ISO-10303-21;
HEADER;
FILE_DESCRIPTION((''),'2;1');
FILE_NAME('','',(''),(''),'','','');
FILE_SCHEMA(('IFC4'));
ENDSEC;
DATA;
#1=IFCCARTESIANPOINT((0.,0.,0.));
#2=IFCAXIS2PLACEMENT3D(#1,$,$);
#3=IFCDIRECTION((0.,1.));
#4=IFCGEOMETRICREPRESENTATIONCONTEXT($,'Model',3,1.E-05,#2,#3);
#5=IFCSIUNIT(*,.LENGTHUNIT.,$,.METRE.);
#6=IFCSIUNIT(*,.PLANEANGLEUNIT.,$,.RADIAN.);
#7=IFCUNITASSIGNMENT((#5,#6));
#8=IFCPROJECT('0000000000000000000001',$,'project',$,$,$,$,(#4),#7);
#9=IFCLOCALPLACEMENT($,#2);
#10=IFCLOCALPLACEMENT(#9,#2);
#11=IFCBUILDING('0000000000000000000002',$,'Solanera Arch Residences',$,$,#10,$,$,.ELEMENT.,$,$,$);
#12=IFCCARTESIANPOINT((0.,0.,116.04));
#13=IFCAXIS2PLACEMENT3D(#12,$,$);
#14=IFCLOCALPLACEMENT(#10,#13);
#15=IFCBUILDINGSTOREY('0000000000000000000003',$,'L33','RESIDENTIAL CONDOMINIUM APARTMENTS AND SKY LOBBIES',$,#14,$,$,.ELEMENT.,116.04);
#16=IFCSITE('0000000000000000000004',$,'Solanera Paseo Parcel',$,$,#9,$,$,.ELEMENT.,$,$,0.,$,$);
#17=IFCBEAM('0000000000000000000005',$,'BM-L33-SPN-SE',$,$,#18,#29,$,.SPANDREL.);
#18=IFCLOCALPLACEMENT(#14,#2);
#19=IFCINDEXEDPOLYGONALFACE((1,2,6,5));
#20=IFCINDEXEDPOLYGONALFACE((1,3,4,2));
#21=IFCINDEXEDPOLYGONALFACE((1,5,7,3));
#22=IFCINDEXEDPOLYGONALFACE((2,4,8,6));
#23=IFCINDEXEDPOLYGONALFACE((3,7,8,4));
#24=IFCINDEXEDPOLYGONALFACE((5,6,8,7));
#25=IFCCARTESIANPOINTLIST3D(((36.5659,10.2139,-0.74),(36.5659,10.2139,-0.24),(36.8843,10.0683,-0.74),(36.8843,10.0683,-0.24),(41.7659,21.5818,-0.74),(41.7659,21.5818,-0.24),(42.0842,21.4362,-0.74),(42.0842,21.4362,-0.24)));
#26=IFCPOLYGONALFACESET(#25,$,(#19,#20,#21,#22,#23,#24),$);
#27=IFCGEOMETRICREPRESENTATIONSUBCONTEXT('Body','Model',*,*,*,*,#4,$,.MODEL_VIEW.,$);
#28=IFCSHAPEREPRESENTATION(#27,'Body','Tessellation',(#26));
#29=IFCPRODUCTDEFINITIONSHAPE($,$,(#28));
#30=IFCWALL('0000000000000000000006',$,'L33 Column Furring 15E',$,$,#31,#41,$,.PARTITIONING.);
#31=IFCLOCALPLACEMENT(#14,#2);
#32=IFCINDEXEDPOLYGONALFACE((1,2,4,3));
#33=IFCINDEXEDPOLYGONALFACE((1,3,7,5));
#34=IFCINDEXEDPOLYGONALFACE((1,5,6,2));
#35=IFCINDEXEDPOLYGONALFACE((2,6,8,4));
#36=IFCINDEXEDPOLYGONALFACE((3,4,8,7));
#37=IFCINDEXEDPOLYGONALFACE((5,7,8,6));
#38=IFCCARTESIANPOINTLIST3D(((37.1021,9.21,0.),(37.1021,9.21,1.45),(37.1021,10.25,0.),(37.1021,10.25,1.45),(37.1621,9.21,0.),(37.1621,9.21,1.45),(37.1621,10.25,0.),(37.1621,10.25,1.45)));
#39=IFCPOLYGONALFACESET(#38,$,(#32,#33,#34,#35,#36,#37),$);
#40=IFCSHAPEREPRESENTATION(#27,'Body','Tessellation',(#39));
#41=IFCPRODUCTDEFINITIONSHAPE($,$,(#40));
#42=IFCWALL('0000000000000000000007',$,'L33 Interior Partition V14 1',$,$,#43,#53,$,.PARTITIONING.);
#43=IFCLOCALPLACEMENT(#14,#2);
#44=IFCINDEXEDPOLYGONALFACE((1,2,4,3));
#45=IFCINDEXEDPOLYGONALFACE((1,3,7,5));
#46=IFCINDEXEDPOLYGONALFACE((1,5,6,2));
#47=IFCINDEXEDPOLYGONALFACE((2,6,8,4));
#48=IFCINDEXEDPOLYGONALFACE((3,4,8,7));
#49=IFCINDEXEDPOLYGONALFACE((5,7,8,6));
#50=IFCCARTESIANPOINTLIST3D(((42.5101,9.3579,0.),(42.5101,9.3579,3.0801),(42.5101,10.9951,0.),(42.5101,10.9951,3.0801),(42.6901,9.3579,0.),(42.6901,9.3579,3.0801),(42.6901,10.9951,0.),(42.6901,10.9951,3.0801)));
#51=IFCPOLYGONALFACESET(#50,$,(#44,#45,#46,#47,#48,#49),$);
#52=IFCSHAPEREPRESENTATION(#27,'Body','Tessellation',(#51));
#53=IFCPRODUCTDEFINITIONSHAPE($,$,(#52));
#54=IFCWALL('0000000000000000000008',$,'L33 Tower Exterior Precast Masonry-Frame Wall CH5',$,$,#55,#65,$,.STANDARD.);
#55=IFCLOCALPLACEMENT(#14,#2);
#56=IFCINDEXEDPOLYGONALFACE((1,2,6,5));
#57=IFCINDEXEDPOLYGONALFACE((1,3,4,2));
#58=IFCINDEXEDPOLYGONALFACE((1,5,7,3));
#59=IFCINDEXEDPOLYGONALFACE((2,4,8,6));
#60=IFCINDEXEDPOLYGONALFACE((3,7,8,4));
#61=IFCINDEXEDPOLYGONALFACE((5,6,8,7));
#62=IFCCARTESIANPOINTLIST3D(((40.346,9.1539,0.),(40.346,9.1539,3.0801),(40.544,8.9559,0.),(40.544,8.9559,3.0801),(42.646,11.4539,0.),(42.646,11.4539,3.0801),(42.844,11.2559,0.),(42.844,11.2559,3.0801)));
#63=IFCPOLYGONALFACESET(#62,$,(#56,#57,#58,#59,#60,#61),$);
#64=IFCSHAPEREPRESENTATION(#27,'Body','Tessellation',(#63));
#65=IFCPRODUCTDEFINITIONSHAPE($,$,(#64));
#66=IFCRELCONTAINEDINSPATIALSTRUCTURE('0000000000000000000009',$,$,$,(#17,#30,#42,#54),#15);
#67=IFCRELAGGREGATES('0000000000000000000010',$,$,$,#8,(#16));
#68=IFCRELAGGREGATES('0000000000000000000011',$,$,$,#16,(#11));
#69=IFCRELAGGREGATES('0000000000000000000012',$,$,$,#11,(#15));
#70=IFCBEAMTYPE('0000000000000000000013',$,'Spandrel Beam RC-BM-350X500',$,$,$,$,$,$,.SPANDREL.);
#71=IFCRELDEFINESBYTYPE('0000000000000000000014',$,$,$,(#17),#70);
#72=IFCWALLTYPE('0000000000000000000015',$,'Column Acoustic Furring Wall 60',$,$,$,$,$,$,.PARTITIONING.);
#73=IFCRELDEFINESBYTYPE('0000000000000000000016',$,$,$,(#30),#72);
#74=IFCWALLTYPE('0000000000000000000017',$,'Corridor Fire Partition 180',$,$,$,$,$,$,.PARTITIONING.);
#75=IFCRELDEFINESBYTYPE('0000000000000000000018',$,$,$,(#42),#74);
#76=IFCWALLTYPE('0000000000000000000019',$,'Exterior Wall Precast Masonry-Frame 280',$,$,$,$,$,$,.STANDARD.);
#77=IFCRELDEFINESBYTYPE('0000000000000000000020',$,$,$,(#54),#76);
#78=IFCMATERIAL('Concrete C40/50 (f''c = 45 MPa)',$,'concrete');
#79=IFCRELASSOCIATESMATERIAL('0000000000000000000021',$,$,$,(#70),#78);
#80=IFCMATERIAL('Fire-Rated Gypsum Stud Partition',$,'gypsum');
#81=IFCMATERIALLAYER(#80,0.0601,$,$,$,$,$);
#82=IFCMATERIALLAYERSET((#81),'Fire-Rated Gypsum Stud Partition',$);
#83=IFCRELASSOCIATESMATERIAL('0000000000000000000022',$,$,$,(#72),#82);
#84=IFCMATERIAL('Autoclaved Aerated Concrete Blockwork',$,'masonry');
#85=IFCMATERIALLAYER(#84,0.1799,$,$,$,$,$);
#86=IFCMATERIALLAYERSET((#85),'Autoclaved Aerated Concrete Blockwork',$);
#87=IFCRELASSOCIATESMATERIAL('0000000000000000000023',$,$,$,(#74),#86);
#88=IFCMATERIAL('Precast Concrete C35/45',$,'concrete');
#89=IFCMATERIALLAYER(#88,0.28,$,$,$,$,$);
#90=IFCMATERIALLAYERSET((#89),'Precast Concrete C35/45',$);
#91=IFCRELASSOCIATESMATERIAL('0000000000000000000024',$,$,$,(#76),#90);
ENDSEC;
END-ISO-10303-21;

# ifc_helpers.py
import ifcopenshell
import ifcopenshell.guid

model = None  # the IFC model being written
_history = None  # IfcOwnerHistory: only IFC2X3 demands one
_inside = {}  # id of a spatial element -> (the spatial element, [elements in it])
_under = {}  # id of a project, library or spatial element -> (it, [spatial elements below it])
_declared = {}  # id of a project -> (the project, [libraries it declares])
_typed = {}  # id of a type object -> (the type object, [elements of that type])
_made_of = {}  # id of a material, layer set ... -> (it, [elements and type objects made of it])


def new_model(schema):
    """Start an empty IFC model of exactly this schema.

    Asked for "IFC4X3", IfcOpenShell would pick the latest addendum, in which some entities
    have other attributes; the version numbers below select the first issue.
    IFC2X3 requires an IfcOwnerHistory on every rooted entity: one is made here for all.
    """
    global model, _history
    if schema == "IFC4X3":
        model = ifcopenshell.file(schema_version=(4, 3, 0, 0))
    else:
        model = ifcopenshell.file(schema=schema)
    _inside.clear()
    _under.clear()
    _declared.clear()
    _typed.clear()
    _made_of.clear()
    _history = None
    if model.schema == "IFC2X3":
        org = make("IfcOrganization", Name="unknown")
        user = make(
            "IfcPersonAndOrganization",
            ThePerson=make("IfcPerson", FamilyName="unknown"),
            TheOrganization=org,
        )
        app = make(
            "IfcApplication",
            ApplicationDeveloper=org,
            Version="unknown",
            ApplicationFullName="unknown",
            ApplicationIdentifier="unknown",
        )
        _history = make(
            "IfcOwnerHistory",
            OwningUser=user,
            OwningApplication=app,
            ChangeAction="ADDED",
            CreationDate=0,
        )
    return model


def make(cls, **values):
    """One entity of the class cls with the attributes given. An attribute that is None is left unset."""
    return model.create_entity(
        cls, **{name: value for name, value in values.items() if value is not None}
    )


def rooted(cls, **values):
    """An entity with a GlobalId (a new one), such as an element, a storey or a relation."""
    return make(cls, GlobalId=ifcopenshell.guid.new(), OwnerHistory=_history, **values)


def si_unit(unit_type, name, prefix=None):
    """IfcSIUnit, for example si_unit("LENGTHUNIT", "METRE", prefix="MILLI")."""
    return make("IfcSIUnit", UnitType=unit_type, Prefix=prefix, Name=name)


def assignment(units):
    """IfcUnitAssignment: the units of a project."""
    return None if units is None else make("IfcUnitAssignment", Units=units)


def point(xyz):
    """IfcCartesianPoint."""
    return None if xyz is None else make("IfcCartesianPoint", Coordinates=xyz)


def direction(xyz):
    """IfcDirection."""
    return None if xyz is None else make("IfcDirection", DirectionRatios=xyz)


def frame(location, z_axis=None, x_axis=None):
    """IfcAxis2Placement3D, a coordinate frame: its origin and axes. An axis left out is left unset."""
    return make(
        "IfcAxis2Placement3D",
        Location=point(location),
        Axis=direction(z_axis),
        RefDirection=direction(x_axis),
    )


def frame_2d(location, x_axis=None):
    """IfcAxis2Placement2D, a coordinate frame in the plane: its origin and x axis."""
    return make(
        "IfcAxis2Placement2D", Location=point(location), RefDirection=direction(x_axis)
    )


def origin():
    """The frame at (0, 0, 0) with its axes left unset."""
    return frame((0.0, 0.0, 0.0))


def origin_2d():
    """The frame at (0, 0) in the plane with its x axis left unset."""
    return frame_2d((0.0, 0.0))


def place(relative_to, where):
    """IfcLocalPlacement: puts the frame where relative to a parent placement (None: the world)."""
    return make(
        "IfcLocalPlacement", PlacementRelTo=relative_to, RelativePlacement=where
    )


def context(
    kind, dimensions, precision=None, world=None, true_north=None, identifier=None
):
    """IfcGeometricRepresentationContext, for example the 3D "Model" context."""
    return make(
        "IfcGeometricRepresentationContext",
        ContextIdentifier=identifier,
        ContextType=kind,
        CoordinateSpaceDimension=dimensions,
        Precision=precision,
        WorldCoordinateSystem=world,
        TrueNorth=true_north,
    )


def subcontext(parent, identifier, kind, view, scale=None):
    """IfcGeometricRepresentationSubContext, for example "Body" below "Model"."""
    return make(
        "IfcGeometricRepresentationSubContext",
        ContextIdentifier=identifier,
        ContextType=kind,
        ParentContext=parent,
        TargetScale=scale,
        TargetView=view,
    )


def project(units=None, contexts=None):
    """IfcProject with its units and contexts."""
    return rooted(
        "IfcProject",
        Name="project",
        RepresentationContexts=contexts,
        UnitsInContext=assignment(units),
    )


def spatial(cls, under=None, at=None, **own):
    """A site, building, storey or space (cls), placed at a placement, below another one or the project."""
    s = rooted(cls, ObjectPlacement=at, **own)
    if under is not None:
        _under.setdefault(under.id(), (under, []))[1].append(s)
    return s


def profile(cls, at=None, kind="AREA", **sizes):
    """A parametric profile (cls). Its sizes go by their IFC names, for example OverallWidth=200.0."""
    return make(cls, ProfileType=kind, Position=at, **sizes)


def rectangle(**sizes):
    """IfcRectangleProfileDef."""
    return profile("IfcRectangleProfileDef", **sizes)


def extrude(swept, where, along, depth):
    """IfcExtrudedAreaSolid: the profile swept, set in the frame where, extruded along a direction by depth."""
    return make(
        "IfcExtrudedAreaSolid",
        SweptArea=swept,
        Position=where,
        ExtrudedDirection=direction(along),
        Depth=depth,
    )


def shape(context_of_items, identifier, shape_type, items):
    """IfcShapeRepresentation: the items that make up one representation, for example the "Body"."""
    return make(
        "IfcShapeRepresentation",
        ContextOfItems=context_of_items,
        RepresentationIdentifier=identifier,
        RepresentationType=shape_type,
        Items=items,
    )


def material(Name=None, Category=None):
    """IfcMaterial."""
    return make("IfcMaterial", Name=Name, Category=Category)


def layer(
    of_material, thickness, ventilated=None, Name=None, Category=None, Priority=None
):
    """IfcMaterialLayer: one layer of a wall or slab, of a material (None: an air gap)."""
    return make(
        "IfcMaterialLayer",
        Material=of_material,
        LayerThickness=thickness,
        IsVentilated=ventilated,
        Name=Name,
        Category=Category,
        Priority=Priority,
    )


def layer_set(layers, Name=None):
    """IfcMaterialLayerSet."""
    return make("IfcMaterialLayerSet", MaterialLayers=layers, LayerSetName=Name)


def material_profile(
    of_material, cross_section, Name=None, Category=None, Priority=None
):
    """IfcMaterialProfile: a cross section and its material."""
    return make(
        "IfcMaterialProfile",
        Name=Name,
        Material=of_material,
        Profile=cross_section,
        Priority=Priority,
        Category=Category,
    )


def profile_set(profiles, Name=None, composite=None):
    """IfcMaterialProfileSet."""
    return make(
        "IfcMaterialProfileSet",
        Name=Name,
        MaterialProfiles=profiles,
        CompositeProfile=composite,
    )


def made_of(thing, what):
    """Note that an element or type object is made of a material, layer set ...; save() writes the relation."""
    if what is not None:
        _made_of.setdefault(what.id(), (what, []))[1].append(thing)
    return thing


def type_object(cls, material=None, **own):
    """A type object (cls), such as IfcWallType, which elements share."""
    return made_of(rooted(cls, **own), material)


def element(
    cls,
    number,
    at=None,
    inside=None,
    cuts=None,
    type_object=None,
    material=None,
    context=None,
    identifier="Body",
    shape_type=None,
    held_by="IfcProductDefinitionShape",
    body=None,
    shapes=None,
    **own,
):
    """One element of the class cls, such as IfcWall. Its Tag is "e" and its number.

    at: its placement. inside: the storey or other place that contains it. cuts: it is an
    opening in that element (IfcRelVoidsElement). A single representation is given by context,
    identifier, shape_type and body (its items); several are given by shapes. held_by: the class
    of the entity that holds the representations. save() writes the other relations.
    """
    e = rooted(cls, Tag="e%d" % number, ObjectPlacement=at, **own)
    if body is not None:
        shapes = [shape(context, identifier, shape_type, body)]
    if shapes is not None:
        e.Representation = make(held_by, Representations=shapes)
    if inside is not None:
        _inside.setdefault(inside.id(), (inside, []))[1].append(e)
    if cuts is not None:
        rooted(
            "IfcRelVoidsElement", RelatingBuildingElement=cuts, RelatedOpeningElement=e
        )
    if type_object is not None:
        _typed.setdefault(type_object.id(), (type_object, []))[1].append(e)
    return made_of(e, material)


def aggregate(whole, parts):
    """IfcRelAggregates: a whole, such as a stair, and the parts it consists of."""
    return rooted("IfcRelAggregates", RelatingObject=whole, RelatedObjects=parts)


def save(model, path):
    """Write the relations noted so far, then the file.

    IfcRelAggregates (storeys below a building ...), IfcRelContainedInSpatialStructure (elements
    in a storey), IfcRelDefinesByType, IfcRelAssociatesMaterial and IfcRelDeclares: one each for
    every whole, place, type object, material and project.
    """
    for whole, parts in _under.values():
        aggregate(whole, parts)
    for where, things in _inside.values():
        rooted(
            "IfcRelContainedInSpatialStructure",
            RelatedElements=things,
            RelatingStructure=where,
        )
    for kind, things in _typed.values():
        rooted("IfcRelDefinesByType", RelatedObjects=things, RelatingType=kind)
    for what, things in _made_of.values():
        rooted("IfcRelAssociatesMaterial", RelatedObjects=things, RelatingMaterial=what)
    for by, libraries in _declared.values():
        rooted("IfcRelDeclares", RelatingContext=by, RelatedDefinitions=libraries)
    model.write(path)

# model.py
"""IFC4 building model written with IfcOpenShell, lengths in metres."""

from ifc_helpers import new_model, si_unit, direction, frame, frame_2d, origin, origin_2d, place, context, subcontext, project, spatial, rectangle, extrude, material, layer, layer_set, material_profile, profile_set, type_object, element, save


model = new_model("IFC4")

# Units and contexts
model_context = context("Model", 3, precision=1e-05, world=origin(), true_north=direction((0.0, 1.0)))
body_context = subcontext(model_context, "Body", "Model", "MODEL_VIEW")
ifc_project = project(units=[si_unit("LENGTHUNIT", "METRE"), si_unit("PLANEANGLEUNIT", "RADIAN")], contexts=[model_context])

# Site, building, storey
site_placement = place(None, origin())
site = spatial("IfcSite", under=ifc_project, at=site_placement, Name="Solanera Paseo Parcel", CompositionType="ELEMENT", RefElevation=0.0)
building_placement = place(site_placement, origin())
building = spatial("IfcBuilding", under=site, at=building_placement, Name="Solanera Arch Residences", CompositionType="ELEMENT")
storey_placement = place(building_placement, frame((0.0, 0.0, 116.04)))
storey = spatial("IfcBuildingStorey", under=building, at=storey_placement, Name="L33", Description="RESIDENTIAL CONDOMINIUM APARTMENTS AND SKY LOBBIES", CompositionType="ELEMENT", Elevation=116.04)

# Beam
ifc_material_1 = material(Name="Concrete C40/50 (f'c = 45 MPa)", Category="concrete")
ifc_material_profile = material_profile(ifc_material_1, rectangle(XDim=0.3501, YDim=0.5, at=origin_2d()))
ifc_profile_set = profile_set([ifc_material_profile], Name="Concrete C40/50 (f'c = 45 MPa)")
beam_type = type_object("IfcBeamType", Name="Spandrel Beam RC-BM-350X500", PredefinedType="SPANDREL", material=ifc_profile_set)
beam_placement = place(storey_placement, frame((36.7251, 10.1411, -0.49), z_axis=(0.415971, 0.909378, 0.0), x_axis=(-0.909378, 0.415971, 0.0)))
element("IfcBeam", 1, at=beam_placement, inside=storey, type_object=beam_type, Name="BM-L33-SPN-SE", PredefinedType="SPANDREL", context=body_context, shape_type="SweptSolid", body=[
    extrude(rectangle(XDim=0.3501, YDim=0.5, at=origin_2d()), origin(), (0.0, 0.0, 1.0), 12.5007),
])

# Walls
ifc_material_2 = material(Name="Fire-Rated Gypsum Stud Partition", Category="gypsum")
ifc_layer_1 = layer(ifc_material_2, 0.0601)
ifc_layer_set_1 = layer_set([ifc_layer_1], Name="Fire-Rated Gypsum Stud Partition")
wall_type_1 = type_object("IfcWallType", Name="Column Acoustic Furring Wall 60", PredefinedType="PARTITIONING", material=ifc_layer_set_1)
wall_1_placement = place(storey_placement, frame((37.1321, 9.21, 0.0), z_axis=(0.0, 0.0, 1.0), x_axis=(0.0, 1.0, 0.0)))
element("IfcWall", 2, at=wall_1_placement, inside=storey, type_object=wall_type_1, Name="L33 Column Furring 15E", PredefinedType="PARTITIONING", context=body_context, shape_type="SweptSolid", body=[
    extrude(rectangle(XDim=1.04, YDim=0.0601, at=frame_2d((0.52, 0.0))), origin(), (0.0, 0.0, 1.0), 1.45),
])
ifc_material_3 = material(Name="Autoclaved Aerated Concrete Blockwork", Category="masonry")
ifc_layer_2 = layer(ifc_material_3, 0.1799)
ifc_layer_set_2 = layer_set([ifc_layer_2], Name="Autoclaved Aerated Concrete Blockwork")
wall_type_2 = type_object("IfcWallType", Name="Corridor Fire Partition 180", PredefinedType="PARTITIONING", material=ifc_layer_set_2)
wall_2_placement = place(storey_placement, frame((42.6001, 9.3579, 0.0), z_axis=(0.0, 0.0, 1.0), x_axis=(0.0, 1.0, 0.0)))
element("IfcWall", 3, at=wall_2_placement, inside=storey, type_object=wall_type_2, Name="L33 Interior Partition V14 1", PredefinedType="PARTITIONING", context=body_context, shape_type="SweptSolid", body=[
    extrude(rectangle(XDim=1.6372, YDim=0.1799, at=frame_2d((0.8186, 0.0))), origin(), (0.0, 0.0, 1.0), 3.0801),
])
ifc_material_4 = material(Name="Precast Concrete C35/45", Category="concrete")
ifc_layer_3 = layer(ifc_material_4, 0.28)
ifc_layer_set_3 = layer_set([ifc_layer_3], Name="Precast Concrete C35/45")
wall_type_3 = type_object("IfcWallType", Name="Exterior Wall Precast Masonry-Frame 280", PredefinedType="STANDARD", material=ifc_layer_set_3)
wall_3_placement = place(storey_placement, frame((42.7451, 11.355, 0.0), z_axis=(0.0, 0.0, 1.0), x_axis=(-0.707107, -0.707107, 0.0)))
element("IfcWall", 4, at=wall_3_placement, inside=storey, type_object=wall_type_3, Name="L33 Tower Exterior Precast Masonry-Frame Wall CH5", PredefinedType="STANDARD", context=body_context, shape_type="SweptSolid", body=[
    extrude(rectangle(XDim=3.2527, YDim=0.28, at=frame_2d((1.6265, 0.0))), origin(), (0.0, 0.0, 1.0), 3.0801),
])

save(model, "model.ifc")
